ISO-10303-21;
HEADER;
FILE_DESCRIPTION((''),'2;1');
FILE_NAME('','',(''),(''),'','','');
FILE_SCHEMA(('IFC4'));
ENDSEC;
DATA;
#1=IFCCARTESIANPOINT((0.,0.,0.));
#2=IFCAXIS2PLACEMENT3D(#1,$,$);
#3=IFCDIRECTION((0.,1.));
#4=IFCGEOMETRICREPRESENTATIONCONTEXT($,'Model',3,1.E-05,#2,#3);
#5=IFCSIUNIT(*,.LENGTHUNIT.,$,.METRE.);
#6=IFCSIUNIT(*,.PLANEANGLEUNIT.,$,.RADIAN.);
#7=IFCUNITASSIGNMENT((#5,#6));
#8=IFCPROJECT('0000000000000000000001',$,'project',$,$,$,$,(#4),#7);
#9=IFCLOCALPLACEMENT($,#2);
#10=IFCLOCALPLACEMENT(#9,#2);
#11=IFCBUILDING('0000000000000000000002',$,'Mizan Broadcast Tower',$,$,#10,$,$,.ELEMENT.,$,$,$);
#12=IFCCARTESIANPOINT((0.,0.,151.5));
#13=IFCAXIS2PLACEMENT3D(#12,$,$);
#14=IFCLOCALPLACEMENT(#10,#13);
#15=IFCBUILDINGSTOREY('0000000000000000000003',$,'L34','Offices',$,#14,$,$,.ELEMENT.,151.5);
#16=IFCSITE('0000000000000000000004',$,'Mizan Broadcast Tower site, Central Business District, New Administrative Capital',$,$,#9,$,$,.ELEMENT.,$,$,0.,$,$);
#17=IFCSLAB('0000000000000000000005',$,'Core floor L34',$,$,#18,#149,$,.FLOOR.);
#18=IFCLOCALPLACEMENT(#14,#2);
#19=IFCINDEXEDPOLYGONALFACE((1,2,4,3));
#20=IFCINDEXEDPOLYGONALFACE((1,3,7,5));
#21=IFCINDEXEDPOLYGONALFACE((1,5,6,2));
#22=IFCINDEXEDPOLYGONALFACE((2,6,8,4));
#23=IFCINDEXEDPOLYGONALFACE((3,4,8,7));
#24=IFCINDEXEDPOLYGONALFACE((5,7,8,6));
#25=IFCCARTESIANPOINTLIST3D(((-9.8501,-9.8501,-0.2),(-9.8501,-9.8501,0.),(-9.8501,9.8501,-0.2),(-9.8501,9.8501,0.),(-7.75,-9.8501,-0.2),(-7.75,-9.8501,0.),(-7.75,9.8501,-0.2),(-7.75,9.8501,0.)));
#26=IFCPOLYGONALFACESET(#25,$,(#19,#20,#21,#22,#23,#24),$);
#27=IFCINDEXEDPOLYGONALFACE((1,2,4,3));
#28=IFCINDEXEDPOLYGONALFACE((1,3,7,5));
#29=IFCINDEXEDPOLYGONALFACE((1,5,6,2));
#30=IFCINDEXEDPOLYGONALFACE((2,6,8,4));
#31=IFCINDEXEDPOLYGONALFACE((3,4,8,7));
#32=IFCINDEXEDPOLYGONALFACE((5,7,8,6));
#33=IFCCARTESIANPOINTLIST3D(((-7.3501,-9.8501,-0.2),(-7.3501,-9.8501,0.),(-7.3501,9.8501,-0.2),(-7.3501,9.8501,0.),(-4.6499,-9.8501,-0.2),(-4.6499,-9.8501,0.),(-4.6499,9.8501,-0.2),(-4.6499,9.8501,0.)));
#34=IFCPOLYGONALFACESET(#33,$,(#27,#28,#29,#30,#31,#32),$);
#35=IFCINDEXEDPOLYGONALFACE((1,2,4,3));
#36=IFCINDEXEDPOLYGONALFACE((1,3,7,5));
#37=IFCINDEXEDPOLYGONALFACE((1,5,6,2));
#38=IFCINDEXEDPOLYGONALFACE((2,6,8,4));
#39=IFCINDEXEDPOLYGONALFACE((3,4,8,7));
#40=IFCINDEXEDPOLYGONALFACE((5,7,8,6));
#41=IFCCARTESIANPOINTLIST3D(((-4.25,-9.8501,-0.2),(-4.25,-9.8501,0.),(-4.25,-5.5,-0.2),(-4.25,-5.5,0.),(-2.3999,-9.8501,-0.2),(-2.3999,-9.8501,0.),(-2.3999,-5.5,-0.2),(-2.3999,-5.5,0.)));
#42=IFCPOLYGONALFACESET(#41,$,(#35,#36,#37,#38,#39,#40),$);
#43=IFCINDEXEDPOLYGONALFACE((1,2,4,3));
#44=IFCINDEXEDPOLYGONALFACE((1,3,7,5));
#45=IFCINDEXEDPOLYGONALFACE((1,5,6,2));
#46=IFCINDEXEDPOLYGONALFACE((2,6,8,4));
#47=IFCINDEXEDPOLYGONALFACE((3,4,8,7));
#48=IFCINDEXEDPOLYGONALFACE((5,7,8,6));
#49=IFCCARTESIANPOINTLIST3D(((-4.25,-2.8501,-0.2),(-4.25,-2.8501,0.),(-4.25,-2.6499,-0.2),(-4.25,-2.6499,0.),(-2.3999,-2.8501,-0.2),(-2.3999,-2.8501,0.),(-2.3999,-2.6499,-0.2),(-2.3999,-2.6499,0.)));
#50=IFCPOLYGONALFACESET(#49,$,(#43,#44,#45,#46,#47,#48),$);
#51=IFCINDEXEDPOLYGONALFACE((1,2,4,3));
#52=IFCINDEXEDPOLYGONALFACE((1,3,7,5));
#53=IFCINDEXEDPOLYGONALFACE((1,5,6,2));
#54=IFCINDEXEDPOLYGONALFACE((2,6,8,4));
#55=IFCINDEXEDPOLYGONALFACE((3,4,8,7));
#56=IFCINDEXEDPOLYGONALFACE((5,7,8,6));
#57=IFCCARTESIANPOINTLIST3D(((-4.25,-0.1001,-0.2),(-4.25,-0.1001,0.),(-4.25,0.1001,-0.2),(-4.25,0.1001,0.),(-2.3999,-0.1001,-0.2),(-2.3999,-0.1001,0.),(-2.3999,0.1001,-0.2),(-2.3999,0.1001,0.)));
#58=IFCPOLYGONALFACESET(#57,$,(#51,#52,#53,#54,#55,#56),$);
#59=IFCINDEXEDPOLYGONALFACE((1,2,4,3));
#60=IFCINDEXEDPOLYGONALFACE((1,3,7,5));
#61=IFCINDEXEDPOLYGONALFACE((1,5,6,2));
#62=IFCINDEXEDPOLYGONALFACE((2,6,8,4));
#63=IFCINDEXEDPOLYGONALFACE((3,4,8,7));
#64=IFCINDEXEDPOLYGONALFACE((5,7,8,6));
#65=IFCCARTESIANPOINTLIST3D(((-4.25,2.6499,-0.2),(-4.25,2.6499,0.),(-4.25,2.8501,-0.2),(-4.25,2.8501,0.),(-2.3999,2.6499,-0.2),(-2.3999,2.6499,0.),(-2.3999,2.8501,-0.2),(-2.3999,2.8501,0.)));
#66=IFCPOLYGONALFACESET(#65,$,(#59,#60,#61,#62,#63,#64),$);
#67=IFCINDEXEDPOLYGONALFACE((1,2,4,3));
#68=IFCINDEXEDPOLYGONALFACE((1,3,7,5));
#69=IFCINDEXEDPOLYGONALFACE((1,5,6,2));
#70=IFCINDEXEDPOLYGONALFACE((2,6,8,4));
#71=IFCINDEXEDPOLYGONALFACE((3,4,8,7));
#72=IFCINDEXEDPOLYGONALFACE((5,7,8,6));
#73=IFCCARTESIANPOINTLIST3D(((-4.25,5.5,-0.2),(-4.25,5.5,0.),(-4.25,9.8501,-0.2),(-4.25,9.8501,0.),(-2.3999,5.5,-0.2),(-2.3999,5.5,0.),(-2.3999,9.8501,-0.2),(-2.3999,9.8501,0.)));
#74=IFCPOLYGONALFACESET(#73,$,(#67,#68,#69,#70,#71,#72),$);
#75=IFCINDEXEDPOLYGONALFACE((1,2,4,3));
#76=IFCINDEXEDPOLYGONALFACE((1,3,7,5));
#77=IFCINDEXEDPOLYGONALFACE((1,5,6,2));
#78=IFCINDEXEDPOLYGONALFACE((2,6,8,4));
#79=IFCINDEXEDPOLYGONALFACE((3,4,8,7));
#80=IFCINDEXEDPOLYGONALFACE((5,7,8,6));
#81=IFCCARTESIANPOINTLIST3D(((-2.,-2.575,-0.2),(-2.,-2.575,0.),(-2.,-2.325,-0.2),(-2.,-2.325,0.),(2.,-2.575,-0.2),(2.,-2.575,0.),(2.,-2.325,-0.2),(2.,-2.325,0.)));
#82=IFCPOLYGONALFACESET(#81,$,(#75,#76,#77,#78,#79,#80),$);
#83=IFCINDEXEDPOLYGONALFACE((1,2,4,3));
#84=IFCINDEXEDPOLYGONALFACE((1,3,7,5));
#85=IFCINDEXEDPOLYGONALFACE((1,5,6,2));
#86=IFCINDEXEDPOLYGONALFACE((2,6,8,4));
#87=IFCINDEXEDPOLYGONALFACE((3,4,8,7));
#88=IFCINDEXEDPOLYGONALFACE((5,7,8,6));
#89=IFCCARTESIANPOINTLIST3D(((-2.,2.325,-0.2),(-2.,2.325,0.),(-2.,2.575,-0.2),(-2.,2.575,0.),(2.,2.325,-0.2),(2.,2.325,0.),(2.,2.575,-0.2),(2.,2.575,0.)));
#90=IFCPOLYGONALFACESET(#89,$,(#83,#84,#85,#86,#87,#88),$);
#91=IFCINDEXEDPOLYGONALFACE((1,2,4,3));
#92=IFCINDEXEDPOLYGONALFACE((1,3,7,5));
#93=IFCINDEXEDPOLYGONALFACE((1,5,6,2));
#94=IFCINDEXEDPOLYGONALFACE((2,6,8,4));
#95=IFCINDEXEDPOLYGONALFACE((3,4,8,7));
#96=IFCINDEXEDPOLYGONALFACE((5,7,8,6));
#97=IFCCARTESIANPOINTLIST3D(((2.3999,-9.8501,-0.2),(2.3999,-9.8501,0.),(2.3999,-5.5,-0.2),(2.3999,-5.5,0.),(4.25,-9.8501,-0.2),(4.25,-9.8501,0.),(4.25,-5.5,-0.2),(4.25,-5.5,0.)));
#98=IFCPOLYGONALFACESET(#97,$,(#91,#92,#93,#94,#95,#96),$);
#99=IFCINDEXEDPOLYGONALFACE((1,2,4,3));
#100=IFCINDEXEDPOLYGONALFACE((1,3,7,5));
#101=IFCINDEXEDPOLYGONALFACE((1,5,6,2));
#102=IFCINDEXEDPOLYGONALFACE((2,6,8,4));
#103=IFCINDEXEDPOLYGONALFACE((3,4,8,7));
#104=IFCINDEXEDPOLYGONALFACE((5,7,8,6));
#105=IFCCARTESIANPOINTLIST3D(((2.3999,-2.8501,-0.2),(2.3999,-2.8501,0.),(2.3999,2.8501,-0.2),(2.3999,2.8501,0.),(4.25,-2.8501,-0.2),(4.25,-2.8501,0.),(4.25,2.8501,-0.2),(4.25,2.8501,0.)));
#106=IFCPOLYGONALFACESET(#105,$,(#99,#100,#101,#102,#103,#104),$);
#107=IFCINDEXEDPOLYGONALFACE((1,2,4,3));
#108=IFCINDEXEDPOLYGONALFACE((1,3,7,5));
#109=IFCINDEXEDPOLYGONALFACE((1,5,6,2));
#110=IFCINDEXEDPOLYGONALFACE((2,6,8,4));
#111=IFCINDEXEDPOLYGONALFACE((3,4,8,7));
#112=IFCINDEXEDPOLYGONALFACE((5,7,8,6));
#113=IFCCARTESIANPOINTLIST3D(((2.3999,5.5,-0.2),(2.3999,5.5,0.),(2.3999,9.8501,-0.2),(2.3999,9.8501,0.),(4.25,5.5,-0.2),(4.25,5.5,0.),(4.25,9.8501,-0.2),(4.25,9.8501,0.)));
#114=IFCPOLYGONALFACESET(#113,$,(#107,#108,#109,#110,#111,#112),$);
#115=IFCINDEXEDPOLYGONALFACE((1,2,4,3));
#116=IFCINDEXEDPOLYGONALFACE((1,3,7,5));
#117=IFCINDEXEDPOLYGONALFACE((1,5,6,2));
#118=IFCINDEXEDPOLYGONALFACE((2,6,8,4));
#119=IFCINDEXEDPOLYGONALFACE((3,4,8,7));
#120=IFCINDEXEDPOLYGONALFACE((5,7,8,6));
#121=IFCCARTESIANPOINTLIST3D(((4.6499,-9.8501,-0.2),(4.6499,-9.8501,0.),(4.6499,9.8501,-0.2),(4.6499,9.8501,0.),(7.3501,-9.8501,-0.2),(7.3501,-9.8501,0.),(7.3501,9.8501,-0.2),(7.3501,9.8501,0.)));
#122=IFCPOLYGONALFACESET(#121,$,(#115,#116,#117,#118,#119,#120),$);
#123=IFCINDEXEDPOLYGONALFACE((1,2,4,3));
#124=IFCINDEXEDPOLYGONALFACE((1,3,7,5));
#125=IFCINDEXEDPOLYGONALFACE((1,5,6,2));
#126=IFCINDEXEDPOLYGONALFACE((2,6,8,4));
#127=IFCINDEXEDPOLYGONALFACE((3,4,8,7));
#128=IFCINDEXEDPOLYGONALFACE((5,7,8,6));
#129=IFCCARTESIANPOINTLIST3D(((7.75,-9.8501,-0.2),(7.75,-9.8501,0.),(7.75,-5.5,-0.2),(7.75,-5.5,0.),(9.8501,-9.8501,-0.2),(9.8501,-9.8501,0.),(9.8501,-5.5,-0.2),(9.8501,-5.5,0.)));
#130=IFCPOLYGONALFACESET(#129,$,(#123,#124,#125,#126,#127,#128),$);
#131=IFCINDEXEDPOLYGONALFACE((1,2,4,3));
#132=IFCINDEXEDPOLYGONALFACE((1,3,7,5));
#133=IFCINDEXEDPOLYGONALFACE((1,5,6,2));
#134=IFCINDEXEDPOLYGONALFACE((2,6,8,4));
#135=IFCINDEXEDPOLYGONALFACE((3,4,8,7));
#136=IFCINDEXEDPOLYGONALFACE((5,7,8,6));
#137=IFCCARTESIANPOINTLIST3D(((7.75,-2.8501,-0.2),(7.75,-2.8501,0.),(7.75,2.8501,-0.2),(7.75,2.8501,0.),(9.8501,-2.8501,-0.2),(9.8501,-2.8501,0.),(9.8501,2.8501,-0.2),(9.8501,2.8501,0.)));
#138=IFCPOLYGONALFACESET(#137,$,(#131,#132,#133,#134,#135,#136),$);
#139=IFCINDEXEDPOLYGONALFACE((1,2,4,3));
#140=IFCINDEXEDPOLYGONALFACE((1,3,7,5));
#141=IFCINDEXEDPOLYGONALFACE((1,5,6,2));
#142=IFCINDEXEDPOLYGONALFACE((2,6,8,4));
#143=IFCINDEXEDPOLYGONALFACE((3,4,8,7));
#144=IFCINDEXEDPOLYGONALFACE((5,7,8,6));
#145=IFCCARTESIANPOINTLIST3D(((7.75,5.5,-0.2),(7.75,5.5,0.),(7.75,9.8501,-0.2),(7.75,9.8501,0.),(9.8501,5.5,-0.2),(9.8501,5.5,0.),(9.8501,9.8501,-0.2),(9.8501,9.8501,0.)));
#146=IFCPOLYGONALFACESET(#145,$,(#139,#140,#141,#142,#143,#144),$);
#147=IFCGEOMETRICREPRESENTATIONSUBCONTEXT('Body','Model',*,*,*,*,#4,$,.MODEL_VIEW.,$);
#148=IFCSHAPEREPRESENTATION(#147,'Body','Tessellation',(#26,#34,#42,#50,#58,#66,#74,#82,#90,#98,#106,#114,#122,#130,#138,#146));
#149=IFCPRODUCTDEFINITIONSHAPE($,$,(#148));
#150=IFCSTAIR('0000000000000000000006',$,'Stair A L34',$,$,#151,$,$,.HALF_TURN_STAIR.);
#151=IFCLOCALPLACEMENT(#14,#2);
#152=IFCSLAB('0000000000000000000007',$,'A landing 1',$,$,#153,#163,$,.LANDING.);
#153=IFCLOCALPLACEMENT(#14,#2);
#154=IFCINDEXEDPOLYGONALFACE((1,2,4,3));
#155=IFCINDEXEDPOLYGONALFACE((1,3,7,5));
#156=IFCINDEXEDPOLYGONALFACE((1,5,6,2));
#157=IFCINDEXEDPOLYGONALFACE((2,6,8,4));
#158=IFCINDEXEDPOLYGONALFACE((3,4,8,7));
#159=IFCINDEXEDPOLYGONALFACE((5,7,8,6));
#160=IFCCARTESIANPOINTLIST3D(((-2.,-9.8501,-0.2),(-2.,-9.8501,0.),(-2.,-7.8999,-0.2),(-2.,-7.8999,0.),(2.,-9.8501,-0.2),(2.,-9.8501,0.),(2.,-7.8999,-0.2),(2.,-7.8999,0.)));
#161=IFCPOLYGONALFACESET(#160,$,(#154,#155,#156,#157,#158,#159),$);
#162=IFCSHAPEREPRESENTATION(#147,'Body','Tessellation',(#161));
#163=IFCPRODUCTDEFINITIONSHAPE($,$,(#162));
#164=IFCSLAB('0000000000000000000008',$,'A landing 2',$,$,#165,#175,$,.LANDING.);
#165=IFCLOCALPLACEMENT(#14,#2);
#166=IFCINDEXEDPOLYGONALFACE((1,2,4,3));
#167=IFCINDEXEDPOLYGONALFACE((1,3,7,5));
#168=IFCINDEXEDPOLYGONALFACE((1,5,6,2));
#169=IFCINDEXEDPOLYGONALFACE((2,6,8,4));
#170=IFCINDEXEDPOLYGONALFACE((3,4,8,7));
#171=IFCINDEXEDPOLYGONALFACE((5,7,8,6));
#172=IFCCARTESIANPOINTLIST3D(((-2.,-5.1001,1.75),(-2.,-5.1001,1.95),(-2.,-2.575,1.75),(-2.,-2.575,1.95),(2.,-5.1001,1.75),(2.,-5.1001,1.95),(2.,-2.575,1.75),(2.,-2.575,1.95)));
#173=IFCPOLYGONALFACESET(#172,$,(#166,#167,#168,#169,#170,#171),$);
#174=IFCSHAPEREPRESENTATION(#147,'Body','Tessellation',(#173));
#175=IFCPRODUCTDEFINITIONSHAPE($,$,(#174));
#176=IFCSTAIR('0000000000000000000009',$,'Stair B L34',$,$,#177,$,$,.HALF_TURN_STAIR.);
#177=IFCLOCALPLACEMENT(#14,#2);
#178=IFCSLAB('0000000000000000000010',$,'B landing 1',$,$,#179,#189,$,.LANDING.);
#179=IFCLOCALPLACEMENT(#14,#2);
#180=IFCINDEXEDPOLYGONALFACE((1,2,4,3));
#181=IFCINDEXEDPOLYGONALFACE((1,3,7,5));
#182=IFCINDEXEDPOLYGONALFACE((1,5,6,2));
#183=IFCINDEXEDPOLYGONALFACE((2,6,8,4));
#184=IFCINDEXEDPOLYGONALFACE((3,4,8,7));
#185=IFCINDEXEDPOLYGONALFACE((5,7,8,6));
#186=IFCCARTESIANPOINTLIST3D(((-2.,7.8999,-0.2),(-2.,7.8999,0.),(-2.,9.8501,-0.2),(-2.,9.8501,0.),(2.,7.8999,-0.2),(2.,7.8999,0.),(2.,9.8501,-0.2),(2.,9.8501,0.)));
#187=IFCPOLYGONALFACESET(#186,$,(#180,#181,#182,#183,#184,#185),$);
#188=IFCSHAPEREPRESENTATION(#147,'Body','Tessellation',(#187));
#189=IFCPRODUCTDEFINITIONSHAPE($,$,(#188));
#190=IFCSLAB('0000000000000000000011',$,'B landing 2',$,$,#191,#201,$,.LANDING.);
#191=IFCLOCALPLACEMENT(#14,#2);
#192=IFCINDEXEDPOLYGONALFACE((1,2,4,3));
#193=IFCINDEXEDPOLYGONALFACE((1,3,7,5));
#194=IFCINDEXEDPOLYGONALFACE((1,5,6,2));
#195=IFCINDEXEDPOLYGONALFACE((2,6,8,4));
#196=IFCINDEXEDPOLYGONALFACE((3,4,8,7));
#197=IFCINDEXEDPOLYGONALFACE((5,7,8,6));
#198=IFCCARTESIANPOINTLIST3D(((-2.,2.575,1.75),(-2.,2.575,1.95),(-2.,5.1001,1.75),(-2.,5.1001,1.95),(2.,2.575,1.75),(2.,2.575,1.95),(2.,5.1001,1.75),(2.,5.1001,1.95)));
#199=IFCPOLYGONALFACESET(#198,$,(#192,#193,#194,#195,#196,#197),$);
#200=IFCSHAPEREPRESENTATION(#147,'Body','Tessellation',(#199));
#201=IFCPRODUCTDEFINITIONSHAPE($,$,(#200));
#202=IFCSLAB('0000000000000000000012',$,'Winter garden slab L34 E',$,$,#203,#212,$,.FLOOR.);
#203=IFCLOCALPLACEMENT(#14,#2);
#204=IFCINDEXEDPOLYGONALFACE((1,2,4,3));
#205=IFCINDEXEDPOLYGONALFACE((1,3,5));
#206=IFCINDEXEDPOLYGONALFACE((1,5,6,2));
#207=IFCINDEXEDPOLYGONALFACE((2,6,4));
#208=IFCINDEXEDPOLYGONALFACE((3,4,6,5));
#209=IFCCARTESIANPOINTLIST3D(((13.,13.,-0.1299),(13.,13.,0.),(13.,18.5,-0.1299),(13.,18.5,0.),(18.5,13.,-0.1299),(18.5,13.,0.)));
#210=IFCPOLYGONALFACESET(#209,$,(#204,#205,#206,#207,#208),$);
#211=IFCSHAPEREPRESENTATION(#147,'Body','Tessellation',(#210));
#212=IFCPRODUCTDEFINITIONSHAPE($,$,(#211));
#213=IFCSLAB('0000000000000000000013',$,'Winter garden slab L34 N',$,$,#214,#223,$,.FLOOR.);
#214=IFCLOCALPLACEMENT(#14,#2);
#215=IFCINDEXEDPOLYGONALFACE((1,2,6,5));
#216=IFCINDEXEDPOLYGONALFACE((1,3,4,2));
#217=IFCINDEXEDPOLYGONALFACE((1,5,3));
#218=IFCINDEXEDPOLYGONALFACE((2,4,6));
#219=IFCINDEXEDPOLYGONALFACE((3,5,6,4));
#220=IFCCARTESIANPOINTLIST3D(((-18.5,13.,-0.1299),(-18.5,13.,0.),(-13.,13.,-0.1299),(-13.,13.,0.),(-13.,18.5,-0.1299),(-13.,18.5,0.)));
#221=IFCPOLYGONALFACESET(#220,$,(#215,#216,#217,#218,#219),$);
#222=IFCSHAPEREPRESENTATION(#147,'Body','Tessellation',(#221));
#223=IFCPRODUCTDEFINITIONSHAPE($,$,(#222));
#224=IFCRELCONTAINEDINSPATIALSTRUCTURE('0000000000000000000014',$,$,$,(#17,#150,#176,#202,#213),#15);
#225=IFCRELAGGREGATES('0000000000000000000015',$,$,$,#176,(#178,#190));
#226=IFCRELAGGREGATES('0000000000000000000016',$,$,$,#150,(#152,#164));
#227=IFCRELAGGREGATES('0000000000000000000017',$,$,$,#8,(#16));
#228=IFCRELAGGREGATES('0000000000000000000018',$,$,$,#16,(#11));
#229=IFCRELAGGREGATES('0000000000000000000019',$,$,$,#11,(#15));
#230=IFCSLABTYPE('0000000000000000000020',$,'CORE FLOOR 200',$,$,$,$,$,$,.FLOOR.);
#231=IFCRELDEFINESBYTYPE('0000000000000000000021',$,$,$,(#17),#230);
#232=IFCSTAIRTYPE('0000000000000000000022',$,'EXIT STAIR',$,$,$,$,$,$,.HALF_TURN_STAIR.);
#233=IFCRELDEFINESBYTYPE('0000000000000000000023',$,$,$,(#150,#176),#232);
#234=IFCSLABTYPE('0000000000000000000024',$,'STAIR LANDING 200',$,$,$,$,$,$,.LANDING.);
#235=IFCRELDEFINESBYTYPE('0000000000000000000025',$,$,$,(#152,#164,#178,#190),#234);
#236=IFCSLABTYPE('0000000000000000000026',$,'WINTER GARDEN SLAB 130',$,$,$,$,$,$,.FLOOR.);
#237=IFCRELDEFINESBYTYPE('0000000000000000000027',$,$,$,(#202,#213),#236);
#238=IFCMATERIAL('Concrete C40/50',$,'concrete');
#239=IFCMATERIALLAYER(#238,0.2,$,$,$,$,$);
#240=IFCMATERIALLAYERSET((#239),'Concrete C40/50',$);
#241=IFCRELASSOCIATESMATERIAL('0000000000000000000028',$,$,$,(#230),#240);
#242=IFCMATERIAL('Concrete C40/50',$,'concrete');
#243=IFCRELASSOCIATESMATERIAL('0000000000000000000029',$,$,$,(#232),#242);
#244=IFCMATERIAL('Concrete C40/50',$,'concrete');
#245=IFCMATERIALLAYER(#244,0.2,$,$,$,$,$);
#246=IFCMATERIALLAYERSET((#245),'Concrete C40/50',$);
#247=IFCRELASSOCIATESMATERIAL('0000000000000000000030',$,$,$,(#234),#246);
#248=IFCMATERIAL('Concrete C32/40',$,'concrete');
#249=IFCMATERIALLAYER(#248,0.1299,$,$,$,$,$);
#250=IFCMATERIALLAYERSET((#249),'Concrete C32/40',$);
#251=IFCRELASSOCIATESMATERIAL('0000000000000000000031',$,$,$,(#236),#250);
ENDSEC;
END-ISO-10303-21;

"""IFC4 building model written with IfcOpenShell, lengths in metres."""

from ifc_helpers import new_model, si_unit, direction, frame, origin, place, context, subcontext, project, spatial, polyline, outline, extrude, material, layer, layer_set, type_object, element, aggregate, save


model = new_model("IFC4")

# Units and contexts
model_context = context("Model", 3, precision=1e-05, world=origin(), true_north=direction((0.0, 1.0)))
body_context = subcontext(model_context, "Body", "Model", "MODEL_VIEW")
ifc_project = project(units=[si_unit("LENGTHUNIT", "METRE"), si_unit("PLANEANGLEUNIT", "RADIAN")], contexts=[model_context])

# Site, building, storey
site_placement = place(None, origin())
site = spatial("IfcSite", under=ifc_project, at=site_placement, Name="Mizan Broadcast Tower site, Central Business District, New Administrative Capital", CompositionType="ELEMENT", RefElevation=0.0)
building_placement = place(site_placement, origin())
building = spatial("IfcBuilding", under=site, at=building_placement, Name="Mizan Broadcast Tower", CompositionType="ELEMENT")
storey_placement = place(building_placement, frame((0.0, 0.0, 151.5)))
storey = spatial("IfcBuildingStorey", under=building, at=storey_placement, Name="L34", Description="Offices", CompositionType="ELEMENT", Elevation=151.5)

# Slab
ifc_material_1 = material(Name="Concrete C40/50", Category="concrete")
ifc_layer_1 = layer(ifc_material_1, 0.2)
ifc_layer_set_1 = layer_set([ifc_layer_1], Name="Concrete C40/50")
slab_type_1 = type_object("IfcSlabType", Name="CORE FLOOR 200", PredefinedType="FLOOR", material=ifc_layer_set_1)
slab_1_placement = place(storey_placement, frame((0.0, 0.0, -0.2)))
element("IfcSlab", 1, at=slab_1_placement, inside=storey, type_object=slab_type_1, Name="Core floor L34", PredefinedType="FLOOR", context=body_context, shape_type="SweptSolid", body=[
    extrude(outline(polyline([(-9.8501, -9.8501), (-7.75, -9.8501), (-7.75, 9.8501), (-9.8501, 9.8501), (-9.8501, -9.8501)])), origin(), (0.0, 0.0, 1.0), 0.2),
    extrude(outline(polyline([(-4.6499, 9.8501), (-7.3501, 9.8501), (-7.3501, -9.8501), (-4.6499, -9.8501), (-4.6499, 9.8501)])), origin(), (0.0, 0.0, 1.0), 0.2),
    extrude(outline(polyline([(-4.25, -5.5), (-4.25, -9.8501), (-2.3999, -9.8501), (-2.3999, -5.5), (-4.25, -5.5)])), origin(), (0.0, 0.0, 1.0), 0.2),
    extrude(outline(polyline([(-4.25, -2.8501), (-2.3999, -2.8501), (-2.3999, -2.6499), (-4.25, -2.6499), (-4.25, -2.8501)])), origin(), (0.0, 0.0, 1.0), 0.2),
    extrude(outline(polyline([(-4.25, -0.1001), (-2.3999, -0.1001), (-2.3999, 0.1001), (-4.25, 0.1001), (-4.25, -0.1001)])), origin(), (0.0, 0.0, 1.0), 0.2),
    extrude(outline(polyline([(-4.25, 2.6499), (-2.3999, 2.6499), (-2.3999, 2.8501), (-4.25, 2.8501), (-4.25, 2.6499)])), origin(), (0.0, 0.0, 1.0), 0.2),
    extrude(outline(polyline([(-4.25, 5.5), (-2.3999, 5.5), (-2.3999, 9.8501), (-4.25, 9.8501), (-4.25, 5.5)])), origin(), (0.0, 0.0, 1.0), 0.2),
    extrude(outline(polyline([(2.0, -2.325), (-2.0, -2.325), (-2.0, -2.575), (2.0, -2.575), (2.0, -2.325)])), origin(), (0.0, 0.0, 1.0), 0.2),
    extrude(outline(polyline([(2.0, 2.575), (-2.0, 2.575), (-2.0, 2.325), (2.0, 2.325), (2.0, 2.575)])), origin(), (0.0, 0.0, 1.0), 0.2),
    extrude(outline(polyline([(4.25, -9.8501), (4.25, -5.5), (2.3999, -5.5), (2.3999, -9.8501), (4.25, -9.8501)])), origin(), (0.0, 0.0, 1.0), 0.2),
    extrude(outline(polyline([(4.25, -2.8501), (4.25, 2.8501), (2.3999, 2.8501), (2.3999, -2.8501), (4.25, -2.8501)])), origin(), (0.0, 0.0, 1.0), 0.2),
    extrude(outline(polyline([(4.25, 5.5), (4.25, 9.8501), (2.3999, 9.8501), (2.3999, 5.5), (4.25, 5.5)])), origin(), (0.0, 0.0, 1.0), 0.2),
    extrude(outline(polyline([(4.6499, 9.8501), (4.6499, -9.8501), (7.3501, -9.8501), (7.3501, 9.8501), (4.6499, 9.8501)])), origin(), (0.0, 0.0, 1.0), 0.2),
    extrude(outline(polyline([(9.8501, -9.8501), (9.8501, -5.5), (7.75, -5.5), (7.75, -9.8501), (9.8501, -9.8501)])), origin(), (0.0, 0.0, 1.0), 0.2),
    extrude(outline(polyline([(7.75, -2.8501), (9.8501, -2.8501), (9.8501, 2.8501), (7.75, 2.8501), (7.75, -2.8501)])), origin(), (0.0, 0.0, 1.0), 0.2),
    extrude(outline(polyline([(9.8501, 5.5), (9.8501, 9.8501), (7.75, 9.8501), (7.75, 5.5), (9.8501, 5.5)])), origin(), (0.0, 0.0, 1.0), 0.2),
])

# Stairs, slabs
ifc_material_2 = material(Name="Concrete C40/50", Category="concrete")
stair_type = type_object("IfcStairType", Name="EXIT STAIR", PredefinedType="HALF_TURN_STAIR", material=ifc_material_2)
stair_1_placement = place(storey_placement, origin())
stair_1 = element("IfcStair", 2, at=stair_1_placement, inside=storey, type_object=stair_type, Name="Stair A L34", PredefinedType="HALF_TURN_STAIR")
ifc_material_3 = material(Name="Concrete C40/50", Category="concrete")
ifc_layer_2 = layer(ifc_material_3, 0.2)
ifc_layer_set_2 = layer_set([ifc_layer_2], Name="Concrete C40/50")
slab_type_2 = type_object("IfcSlabType", Name="STAIR LANDING 200", PredefinedType="LANDING", material=ifc_layer_set_2)
slab_2_placement = place(storey_placement, frame((0.0, 0.0, -0.2)))
slab_2 = element("IfcSlab", 3, at=slab_2_placement, type_object=slab_type_2, Name="A landing 1", PredefinedType="LANDING", context=body_context, shape_type="SweptSolid", body=[
    extrude(outline(polyline([(-2.0, -9.8501), (-2.0, -7.8999), (2.0, -7.8999), (2.0, -9.8501), (-2.0, -9.8501)])), origin(), (0.0, 0.0, 1.0), 0.2),
])
slab_3_placement = place(storey_placement, frame((0.0, 0.0, 1.75)))
slab_3 = element("IfcSlab", 4, at=slab_3_placement, type_object=slab_type_2, Name="A landing 2", PredefinedType="LANDING", context=body_context, shape_type="SweptSolid", body=[
    extrude(outline(polyline([(-2.0, -5.1001), (-2.0, -2.575), (2.0, -2.575), (2.0, -5.1001), (-2.0, -5.1001)])), origin(), (0.0, 0.0, 1.0), 0.2),
])
stair_2_placement = place(storey_placement, origin())
stair_2 = element("IfcStair", 5, at=stair_2_placement, inside=storey, type_object=stair_type, Name="Stair B L34", PredefinedType="HALF_TURN_STAIR")
slab_4_placement = place(storey_placement, frame((0.0, 0.0, -0.2)))
slab_4 = element("IfcSlab", 6, at=slab_4_placement, type_object=slab_type_2, Name="B landing 1", PredefinedType="LANDING", context=body_context, shape_type="SweptSolid", body=[
    extrude(outline(polyline([(2.0, 9.8501), (2.0, 7.8999), (-2.0, 7.8999), (-2.0, 9.8501), (2.0, 9.8501)])), origin(), (0.0, 0.0, 1.0), 0.2),
])
slab_5_placement = place(storey_placement, frame((0.0, 0.0, 1.75)))
slab_5 = element("IfcSlab", 7, at=slab_5_placement, type_object=slab_type_2, Name="B landing 2", PredefinedType="LANDING", context=body_context, shape_type="SweptSolid", body=[
    extrude(outline(polyline([(2.0, 5.1001), (2.0, 2.575), (-2.0, 2.575), (-2.0, 5.1001), (2.0, 5.1001)])), origin(), (0.0, 0.0, 1.0), 0.2),
])
aggregate(stair_2, [slab_4, slab_5])

# Slabs
ifc_material_4 = material(Name="Concrete C32/40", Category="concrete")
ifc_layer_3 = layer(ifc_material_4, 0.1299)
ifc_layer_set_3 = layer_set([ifc_layer_3], Name="Concrete C32/40")
slab_type_3 = type_object("IfcSlabType", Name="WINTER GARDEN SLAB 130", PredefinedType="FLOOR", material=ifc_layer_set_3)
slab_6_placement = place(storey_placement, frame((0.0, 0.0, -0.1299)))
element("IfcSlab", 8, at=slab_6_placement, inside=storey, type_object=slab_type_3, Name="Winter garden slab L34 E", PredefinedType="FLOOR", context=body_context, shape_type="SweptSolid", body=[
    extrude(outline(polyline([(13.0, 13.0), (18.5, 13.0), (13.0, 18.5), (13.0, 13.0)])), origin(), (0.0, 0.0, 1.0), 0.1299),
])
slab_7_placement = place(storey_placement, frame((0.0, 0.0, -0.1299)))
element("IfcSlab", 9, at=slab_7_placement, inside=storey, type_object=slab_type_3, Name="Winter garden slab L34 N", PredefinedType="FLOOR", context=body_context, shape_type="SweptSolid", body=[
    extrude(outline(polyline([(-13.0, 13.0), (-13.0, 18.5), (-18.5, 13.0), (-13.0, 13.0)])), origin(), (0.0, 0.0, 1.0), 0.1299),
])

aggregate(stair_1, [slab_2, slab_3])

save(model, "model.ifc")
